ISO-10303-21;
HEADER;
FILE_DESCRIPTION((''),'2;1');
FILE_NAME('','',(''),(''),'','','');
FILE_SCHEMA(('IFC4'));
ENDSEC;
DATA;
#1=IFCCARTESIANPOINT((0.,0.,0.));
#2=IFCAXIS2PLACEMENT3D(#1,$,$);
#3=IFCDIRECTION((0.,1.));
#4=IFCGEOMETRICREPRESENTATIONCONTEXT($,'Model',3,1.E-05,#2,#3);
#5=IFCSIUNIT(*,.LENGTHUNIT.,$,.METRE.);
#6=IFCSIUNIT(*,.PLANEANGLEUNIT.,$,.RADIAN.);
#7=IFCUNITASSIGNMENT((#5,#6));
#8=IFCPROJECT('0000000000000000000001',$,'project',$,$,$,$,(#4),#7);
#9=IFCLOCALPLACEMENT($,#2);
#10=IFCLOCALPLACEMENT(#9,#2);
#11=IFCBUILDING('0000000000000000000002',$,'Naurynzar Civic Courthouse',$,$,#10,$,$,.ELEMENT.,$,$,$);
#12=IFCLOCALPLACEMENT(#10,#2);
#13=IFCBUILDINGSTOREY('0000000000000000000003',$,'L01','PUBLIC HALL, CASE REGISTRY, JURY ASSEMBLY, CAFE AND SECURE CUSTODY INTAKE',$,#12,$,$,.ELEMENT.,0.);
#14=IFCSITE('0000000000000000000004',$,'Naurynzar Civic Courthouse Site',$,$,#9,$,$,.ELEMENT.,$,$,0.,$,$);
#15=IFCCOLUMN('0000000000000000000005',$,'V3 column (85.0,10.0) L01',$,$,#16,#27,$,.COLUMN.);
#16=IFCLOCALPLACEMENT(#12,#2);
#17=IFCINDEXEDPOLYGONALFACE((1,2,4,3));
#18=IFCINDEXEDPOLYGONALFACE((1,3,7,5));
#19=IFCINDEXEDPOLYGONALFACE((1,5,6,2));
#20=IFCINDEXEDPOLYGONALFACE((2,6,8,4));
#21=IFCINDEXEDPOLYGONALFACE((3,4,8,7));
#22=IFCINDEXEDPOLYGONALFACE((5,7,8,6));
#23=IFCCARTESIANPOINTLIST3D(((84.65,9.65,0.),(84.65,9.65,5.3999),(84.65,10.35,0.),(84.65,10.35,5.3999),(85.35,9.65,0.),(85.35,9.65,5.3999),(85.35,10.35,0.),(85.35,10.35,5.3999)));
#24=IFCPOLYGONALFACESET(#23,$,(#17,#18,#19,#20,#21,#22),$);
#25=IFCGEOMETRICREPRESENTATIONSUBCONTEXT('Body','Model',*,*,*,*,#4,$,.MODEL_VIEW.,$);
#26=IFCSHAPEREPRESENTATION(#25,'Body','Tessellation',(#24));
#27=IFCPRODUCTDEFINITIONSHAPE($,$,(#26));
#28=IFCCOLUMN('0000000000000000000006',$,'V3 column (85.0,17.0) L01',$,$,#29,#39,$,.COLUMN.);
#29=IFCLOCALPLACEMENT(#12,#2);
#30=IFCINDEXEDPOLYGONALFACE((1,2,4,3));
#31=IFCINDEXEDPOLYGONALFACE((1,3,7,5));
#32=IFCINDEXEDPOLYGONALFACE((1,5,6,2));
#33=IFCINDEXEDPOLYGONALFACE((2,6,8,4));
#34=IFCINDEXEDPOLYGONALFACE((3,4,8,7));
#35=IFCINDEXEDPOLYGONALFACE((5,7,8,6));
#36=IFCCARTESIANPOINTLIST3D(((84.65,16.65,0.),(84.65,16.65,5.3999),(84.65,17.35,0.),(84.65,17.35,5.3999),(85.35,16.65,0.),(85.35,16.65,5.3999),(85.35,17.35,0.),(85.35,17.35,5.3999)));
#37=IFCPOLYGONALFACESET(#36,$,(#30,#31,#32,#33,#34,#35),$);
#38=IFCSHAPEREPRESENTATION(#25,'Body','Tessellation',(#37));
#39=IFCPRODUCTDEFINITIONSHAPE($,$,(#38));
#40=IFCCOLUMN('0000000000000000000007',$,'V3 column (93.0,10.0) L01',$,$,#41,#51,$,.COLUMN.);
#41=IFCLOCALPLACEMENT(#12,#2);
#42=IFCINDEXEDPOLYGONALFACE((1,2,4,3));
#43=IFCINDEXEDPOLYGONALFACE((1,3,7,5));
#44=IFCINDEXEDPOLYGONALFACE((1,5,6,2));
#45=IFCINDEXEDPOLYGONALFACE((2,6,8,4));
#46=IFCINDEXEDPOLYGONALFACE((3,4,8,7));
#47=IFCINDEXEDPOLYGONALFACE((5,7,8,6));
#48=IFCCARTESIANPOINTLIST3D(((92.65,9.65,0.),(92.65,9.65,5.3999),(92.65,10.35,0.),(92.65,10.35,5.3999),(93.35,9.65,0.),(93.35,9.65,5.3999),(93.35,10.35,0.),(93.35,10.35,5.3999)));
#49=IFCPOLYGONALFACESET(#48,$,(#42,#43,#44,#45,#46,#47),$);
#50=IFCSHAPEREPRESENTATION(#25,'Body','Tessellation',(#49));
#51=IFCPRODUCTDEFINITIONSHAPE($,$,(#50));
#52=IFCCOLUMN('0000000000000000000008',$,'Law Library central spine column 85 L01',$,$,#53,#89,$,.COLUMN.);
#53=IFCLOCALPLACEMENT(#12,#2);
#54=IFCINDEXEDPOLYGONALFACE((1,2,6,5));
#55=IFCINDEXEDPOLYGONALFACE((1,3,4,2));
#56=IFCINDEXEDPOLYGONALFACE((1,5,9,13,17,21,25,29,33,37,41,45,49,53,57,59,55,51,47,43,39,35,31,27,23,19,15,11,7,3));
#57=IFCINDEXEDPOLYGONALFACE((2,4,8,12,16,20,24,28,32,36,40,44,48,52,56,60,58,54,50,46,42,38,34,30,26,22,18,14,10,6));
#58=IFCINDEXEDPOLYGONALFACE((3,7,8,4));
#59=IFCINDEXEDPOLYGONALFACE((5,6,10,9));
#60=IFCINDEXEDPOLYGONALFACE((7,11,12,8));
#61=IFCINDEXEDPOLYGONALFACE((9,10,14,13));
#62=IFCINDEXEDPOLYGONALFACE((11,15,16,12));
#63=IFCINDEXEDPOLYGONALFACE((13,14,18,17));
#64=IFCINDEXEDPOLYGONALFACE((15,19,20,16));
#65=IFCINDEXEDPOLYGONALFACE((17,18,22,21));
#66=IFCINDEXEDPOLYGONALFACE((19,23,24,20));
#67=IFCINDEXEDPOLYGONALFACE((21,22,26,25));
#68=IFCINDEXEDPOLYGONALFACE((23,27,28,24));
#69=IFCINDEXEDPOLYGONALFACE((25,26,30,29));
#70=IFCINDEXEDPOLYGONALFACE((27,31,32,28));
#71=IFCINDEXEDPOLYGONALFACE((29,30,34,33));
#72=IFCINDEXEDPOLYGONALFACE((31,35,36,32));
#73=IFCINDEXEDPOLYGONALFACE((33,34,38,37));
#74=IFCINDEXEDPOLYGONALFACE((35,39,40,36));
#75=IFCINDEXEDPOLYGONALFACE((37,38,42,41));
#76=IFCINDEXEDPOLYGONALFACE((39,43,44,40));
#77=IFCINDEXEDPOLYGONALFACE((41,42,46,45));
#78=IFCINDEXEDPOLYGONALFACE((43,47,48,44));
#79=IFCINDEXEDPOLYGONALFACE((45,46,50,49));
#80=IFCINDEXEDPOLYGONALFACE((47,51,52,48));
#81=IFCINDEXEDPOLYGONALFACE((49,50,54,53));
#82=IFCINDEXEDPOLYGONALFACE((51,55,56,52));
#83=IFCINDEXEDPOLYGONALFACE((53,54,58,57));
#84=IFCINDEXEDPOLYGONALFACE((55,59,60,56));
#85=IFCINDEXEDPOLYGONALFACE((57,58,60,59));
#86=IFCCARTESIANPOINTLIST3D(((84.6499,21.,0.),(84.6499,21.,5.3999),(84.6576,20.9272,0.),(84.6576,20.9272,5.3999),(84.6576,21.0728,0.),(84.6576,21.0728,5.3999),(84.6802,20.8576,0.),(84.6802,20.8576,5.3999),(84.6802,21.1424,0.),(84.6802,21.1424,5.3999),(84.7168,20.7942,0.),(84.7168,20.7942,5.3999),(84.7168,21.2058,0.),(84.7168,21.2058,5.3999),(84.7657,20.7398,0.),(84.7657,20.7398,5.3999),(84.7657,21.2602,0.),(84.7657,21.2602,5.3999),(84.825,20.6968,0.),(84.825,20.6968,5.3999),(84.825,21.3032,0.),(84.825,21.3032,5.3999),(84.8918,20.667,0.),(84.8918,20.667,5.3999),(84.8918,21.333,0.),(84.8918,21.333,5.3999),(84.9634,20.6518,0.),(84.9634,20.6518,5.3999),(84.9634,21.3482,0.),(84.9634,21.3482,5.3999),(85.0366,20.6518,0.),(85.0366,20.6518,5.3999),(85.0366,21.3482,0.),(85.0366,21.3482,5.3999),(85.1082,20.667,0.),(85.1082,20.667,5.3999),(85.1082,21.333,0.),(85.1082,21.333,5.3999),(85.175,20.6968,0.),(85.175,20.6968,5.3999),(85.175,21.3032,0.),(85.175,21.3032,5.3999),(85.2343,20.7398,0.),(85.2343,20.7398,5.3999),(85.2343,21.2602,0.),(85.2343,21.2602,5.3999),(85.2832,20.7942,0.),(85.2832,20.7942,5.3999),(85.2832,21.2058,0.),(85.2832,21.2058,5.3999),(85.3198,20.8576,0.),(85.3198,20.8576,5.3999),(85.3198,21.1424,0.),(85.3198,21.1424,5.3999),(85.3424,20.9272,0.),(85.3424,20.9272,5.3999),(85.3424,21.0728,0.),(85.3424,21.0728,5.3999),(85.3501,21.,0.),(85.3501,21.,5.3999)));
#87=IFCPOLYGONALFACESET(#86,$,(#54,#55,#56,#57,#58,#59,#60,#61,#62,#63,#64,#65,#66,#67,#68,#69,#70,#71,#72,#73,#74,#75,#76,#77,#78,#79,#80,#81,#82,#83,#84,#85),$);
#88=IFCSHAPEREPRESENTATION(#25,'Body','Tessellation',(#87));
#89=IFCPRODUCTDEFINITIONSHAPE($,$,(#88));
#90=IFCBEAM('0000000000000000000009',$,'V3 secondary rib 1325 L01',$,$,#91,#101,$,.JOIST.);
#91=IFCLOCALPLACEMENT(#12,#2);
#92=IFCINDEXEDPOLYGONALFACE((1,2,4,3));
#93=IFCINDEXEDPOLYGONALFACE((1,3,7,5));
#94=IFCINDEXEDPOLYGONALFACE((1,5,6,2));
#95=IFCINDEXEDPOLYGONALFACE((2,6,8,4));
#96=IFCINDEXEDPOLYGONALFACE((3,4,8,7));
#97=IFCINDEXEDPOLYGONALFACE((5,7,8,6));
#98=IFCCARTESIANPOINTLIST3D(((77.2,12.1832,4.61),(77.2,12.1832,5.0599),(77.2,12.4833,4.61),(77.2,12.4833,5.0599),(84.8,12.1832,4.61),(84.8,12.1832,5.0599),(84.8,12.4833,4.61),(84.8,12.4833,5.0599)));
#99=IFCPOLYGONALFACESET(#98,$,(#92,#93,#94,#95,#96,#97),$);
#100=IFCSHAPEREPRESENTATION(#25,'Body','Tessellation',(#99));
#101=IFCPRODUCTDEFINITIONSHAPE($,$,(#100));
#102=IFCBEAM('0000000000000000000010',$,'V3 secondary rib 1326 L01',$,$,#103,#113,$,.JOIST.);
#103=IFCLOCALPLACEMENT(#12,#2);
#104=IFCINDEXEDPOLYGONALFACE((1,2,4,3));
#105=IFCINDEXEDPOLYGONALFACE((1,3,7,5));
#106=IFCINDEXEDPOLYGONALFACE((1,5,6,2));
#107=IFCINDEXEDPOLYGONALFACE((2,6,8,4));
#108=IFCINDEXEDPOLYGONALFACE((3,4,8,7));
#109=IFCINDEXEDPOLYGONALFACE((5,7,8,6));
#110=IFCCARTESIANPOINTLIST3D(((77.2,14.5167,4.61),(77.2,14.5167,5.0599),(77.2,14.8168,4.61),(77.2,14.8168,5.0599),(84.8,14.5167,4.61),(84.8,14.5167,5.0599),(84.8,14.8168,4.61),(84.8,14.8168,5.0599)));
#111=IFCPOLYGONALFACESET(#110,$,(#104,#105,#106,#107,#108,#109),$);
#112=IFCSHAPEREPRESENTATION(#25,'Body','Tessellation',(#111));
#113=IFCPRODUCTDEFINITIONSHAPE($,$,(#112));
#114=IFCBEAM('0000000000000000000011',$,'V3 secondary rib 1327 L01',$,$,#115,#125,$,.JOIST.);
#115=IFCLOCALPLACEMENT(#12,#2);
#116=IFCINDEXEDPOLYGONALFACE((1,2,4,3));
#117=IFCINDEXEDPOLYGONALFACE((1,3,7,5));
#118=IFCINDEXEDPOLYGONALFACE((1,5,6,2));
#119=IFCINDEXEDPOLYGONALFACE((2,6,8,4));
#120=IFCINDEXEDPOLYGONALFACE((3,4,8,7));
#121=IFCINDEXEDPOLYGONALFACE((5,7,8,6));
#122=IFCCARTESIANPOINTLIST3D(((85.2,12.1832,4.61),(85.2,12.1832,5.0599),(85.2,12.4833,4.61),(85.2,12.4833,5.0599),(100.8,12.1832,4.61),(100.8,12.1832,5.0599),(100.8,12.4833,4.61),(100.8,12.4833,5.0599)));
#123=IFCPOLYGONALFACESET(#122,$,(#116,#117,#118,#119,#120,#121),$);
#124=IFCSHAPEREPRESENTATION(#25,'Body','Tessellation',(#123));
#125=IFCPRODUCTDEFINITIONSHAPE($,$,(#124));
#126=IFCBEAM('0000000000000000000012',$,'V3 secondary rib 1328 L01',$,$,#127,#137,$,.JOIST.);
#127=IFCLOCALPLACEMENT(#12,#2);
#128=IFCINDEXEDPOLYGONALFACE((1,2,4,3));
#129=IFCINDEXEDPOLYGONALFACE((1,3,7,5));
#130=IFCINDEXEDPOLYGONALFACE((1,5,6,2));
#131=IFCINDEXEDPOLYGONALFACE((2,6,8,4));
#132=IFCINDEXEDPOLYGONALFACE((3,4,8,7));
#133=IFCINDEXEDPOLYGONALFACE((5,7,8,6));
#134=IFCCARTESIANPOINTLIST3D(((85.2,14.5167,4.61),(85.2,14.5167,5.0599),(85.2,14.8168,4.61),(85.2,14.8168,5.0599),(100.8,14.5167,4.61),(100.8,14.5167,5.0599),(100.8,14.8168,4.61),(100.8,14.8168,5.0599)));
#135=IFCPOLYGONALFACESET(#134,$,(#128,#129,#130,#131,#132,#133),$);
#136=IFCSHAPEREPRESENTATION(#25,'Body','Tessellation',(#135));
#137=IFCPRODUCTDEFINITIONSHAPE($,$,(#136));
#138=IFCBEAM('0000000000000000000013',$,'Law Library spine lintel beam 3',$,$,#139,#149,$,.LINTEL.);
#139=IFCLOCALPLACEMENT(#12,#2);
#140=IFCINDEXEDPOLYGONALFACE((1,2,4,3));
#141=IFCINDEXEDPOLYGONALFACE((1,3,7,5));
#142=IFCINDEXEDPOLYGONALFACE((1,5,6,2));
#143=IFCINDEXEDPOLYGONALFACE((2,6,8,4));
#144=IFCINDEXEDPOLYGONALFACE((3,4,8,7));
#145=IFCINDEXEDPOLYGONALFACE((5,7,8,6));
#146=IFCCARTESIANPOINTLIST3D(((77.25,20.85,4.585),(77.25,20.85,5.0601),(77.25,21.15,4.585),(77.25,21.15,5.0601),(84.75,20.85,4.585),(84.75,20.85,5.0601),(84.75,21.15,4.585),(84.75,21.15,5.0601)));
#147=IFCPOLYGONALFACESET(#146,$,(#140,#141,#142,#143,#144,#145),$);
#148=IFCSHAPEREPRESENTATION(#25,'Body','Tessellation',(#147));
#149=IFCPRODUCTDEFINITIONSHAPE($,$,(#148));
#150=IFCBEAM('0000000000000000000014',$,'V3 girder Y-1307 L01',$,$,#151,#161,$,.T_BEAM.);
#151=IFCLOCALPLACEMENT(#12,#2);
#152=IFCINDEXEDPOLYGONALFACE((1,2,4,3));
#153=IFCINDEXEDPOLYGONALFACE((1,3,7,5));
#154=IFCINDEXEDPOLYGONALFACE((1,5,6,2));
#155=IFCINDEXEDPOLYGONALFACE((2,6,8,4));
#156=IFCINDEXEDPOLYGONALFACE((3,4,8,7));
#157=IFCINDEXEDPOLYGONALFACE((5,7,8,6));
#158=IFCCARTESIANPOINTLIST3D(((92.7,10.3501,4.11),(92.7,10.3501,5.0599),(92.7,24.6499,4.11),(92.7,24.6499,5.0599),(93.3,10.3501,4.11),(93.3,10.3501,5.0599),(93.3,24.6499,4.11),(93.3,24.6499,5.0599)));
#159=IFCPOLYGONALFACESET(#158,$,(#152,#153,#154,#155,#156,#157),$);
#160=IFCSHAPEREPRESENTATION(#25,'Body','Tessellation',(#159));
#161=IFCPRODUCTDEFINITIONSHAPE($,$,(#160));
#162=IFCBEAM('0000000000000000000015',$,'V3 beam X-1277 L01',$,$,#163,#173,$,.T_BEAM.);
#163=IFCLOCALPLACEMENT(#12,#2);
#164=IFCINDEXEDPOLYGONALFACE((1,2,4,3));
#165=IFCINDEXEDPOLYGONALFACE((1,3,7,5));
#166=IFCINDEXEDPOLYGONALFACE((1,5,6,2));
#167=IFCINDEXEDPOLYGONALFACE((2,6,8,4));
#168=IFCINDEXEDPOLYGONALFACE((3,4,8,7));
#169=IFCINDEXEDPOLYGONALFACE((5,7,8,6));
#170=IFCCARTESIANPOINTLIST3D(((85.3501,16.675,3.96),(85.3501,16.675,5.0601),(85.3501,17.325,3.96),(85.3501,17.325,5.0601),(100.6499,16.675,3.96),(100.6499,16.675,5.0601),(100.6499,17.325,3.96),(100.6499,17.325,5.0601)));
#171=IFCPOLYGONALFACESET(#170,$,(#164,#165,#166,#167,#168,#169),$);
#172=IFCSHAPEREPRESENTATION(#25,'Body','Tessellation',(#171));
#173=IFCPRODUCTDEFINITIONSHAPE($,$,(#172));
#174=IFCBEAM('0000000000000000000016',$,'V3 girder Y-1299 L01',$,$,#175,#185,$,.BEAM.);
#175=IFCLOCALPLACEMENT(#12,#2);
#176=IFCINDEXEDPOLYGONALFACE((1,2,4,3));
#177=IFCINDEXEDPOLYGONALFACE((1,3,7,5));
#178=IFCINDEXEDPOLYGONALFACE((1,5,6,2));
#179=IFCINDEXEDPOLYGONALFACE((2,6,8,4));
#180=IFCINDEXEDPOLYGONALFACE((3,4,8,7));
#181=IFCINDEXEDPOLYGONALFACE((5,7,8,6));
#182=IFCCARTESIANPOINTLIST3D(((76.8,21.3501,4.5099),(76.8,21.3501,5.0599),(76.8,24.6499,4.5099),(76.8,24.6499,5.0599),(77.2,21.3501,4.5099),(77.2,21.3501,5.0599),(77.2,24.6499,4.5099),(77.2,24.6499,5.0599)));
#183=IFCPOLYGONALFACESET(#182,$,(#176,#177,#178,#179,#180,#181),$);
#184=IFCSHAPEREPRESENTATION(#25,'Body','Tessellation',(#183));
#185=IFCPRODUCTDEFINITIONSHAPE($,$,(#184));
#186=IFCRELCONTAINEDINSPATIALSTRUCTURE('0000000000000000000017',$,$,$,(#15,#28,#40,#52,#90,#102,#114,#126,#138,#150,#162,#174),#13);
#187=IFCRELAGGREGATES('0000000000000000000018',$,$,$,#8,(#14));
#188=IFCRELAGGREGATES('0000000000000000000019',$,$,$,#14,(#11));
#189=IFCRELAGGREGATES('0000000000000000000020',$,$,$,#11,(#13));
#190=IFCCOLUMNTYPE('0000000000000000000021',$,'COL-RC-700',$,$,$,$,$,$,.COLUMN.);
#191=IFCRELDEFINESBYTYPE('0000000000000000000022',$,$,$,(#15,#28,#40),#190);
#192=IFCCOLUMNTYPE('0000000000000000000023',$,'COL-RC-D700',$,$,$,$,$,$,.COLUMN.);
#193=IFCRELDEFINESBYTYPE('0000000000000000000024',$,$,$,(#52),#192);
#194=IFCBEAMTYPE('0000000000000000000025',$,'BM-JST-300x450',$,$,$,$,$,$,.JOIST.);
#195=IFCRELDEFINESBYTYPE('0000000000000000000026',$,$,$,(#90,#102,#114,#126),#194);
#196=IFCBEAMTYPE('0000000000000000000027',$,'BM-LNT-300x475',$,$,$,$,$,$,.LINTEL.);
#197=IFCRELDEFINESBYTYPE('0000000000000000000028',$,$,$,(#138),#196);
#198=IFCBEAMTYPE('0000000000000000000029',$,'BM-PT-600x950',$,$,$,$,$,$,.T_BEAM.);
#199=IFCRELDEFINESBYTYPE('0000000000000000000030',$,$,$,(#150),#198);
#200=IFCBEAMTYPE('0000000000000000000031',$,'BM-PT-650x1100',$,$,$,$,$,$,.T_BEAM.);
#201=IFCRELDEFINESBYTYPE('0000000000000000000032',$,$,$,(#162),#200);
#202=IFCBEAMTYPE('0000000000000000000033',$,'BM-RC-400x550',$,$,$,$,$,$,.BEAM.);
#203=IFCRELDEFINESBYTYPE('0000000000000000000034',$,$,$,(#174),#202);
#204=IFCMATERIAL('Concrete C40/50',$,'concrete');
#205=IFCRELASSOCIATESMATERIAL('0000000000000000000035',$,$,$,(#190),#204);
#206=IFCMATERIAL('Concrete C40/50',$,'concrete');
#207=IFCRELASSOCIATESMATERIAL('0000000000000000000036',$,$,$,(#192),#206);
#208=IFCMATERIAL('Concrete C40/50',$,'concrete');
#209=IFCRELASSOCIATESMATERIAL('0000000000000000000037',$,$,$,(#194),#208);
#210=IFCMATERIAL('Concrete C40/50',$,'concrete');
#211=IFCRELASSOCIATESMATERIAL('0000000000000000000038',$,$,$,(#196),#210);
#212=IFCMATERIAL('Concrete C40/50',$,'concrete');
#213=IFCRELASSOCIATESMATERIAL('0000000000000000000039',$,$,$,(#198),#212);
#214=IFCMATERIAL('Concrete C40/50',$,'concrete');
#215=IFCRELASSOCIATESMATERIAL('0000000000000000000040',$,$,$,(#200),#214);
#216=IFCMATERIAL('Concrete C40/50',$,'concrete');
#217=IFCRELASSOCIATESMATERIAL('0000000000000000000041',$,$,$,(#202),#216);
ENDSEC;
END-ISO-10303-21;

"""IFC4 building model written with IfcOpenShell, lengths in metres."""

from ifc_helpers import new_model, si_unit, direction, frame, origin, origin_2d, place, context, subcontext, project, spatial, rectangle, circle, extrude, material, material_profile, profile_set, type_object, element, save


model = new_model("IFC4")

# Units and contexts
model_context = context("Model", 3, precision=1e-05, world=origin(), true_north=direction((0.0, 1.0)))
body_context = subcontext(model_context, "Body", "Model", "MODEL_VIEW")
ifc_project = project(units=[si_unit("LENGTHUNIT", "METRE"), si_unit("PLANEANGLEUNIT", "RADIAN")], contexts=[model_context])

# Site, building, storey
site_placement = place(None, origin())
site = spatial("IfcSite", under=ifc_project, at=site_placement, Name="Naurynzar Civic Courthouse Site", CompositionType="ELEMENT", RefElevation=0.0)
building_placement = place(site_placement, origin())
building = spatial("IfcBuilding", under=site, at=building_placement, Name="Naurynzar Civic Courthouse", CompositionType="ELEMENT")
storey_placement = place(building_placement, origin())
storey = spatial("IfcBuildingStorey", under=building, at=storey_placement, Name="L01", Description="PUBLIC HALL, CASE REGISTRY, JURY ASSEMBLY, CAFE AND SECURE CUSTODY INTAKE", CompositionType="ELEMENT", Elevation=0.0)

# Columns
ifc_material_1 = material(Name="Concrete C40/50", Category="concrete")
ifc_material_profile_1 = material_profile(ifc_material_1, rectangle(XDim=0.7, YDim=0.7, at=origin_2d()), Name="RC 700x700")
ifc_profile_set_1 = profile_set([ifc_material_profile_1], Name="Concrete C40/50")
column_type_1 = type_object("IfcColumnType", Name="COL-RC-700", PredefinedType="COLUMN", material=ifc_profile_set_1)
for number, where, z_axis, x_axis, name in (
    (1, (85.0, 10.0, 0.0), (0.0, 0.0, 1.0), (1.0, 0.0, 0.0), "V3 column (85.0,10.0) L01"),
    (2, (85.0, 17.0, 0.0), (0.0, 0.0, 1.0), (1.0, 0.0, 0.0), "V3 column (85.0,17.0) L01"),
    (3, (93.0, 10.0, 0.0), (0.0, 0.0, 1.0), (1.0, 0.0, 0.0), "V3 column (93.0,10.0) L01"),
):
    element("IfcColumn", number, at=place(storey_placement, frame(where, z_axis=z_axis, x_axis=x_axis)), inside=storey, type_object=column_type_1, Name=name, PredefinedType="COLUMN", context=body_context, shape_type="SweptSolid", body=[
        extrude(rectangle(XDim=0.7, YDim=0.7, at=origin_2d()), origin(), (0.0, 0.0, 1.0), 5.3999),
    ])
ifc_material_2 = material(Name="Concrete C40/50", Category="concrete")
ifc_material_profile_2 = material_profile(ifc_material_2, circle(Radius=0.3501, at=origin_2d()), Name="RC D700")
ifc_profile_set_2 = profile_set([ifc_material_profile_2], Name="Concrete C40/50")
column_type_2 = type_object("IfcColumnType", Name="COL-RC-D700", PredefinedType="COLUMN", material=ifc_profile_set_2)
column_placement = place(storey_placement, frame((85.0, 21.0, 0.0), z_axis=(0.0, 0.0, 1.0), x_axis=(1.0, 0.0, 0.0)))
element("IfcColumn", 4, at=column_placement, inside=storey, type_object=column_type_2, Name="Law Library central spine column 85 L01", PredefinedType="COLUMN", context=body_context, shape_type="SweptSolid", body=[
    extrude(circle(Radius=0.3501, at=origin_2d()), origin(), (0.0, 0.0, 1.0), 5.3999),
])

# Beams
ifc_material_3 = material(Name="Concrete C40/50", Category="concrete")
ifc_material_profile_3 = material_profile(ifc_material_3, rectangle(XDim=0.3, YDim=0.45, at=origin_2d()), Name="RCJ 300x450")
ifc_profile_set_3 = profile_set([ifc_material_profile_3], Name="Concrete C40/50")
beam_type_1 = type_object("IfcBeamType", Name="BM-JST-300x450", PredefinedType="JOIST", material=ifc_profile_set_3)
for number, where, z_axis, x_axis, name in (
    (5, (77.2, 12.3333, 4.835), (1.0, 0.0, 0.0), (0.0, 1.0, 0.0), "V3 secondary rib 1325 L01"),
    (6, (77.2, 14.6667, 4.835), (1.0, 0.0, 0.0), (0.0, 1.0, 0.0), "V3 secondary rib 1326 L01"),
):
    element("IfcBeam", number, at=place(storey_placement, frame(where, z_axis=z_axis, x_axis=x_axis)), inside=storey, type_object=beam_type_1, Name=name, PredefinedType="JOIST", context=body_context, shape_type="SweptSolid", body=[
        extrude(rectangle(XDim=0.3, YDim=0.45, at=origin_2d()), origin(), (0.0, 0.0, 1.0), 7.6001),
    ])
for number, where, z_axis, x_axis, name in (
    (7, (85.2, 12.3333, 4.835), (1.0, 0.0, 0.0), (0.0, 1.0, 0.0), "V3 secondary rib 1327 L01"),
    (8, (85.2, 14.6667, 4.835), (1.0, 0.0, 0.0), (0.0, 1.0, 0.0), "V3 secondary rib 1328 L01"),
):
    element("IfcBeam", number, at=place(storey_placement, frame(where, z_axis=z_axis, x_axis=x_axis)), inside=storey, type_object=beam_type_1, Name=name, PredefinedType="JOIST", context=body_context, shape_type="SweptSolid", body=[
        extrude(rectangle(XDim=0.3, YDim=0.45, at=origin_2d()), origin(), (0.0, 0.0, 1.0), 15.6001),
    ])
ifc_material_4 = material(Name="Concrete C40/50", Category="concrete")
ifc_material_profile_4 = material_profile(ifc_material_4, rectangle(XDim=0.3, YDim=0.4751, at=origin_2d()), Name="RCB 300x475")
ifc_profile_set_4 = profile_set([ifc_material_profile_4], Name="Concrete C40/50")
beam_type_2 = type_object("IfcBeamType", Name="BM-LNT-300x475", PredefinedType="LINTEL", material=ifc_profile_set_4)
beam_1_placement = place(storey_placement, frame((77.25, 21.0, 4.8225), z_axis=(1.0, 0.0, 0.0), x_axis=(0.0, 1.0, 0.0)))
element("IfcBeam", 9, at=beam_1_placement, inside=storey, type_object=beam_type_2, Name="Law Library spine lintel beam 3", PredefinedType="LINTEL", context=body_context, shape_type="SweptSolid", body=[
    extrude(rectangle(XDim=0.3, YDim=0.4751, at=origin_2d()), origin(), (0.0, 0.0, 1.0), 7.5),
])
ifc_material_5 = material(Name="Concrete C40/50", Category="concrete")
ifc_material_profile_5 = material_profile(ifc_material_5, rectangle(XDim=0.6001, YDim=0.95, at=origin_2d()), Name="PTB 600x950")
ifc_profile_set_5 = profile_set([ifc_material_profile_5], Name="Concrete C40/50")
beam_type_3 = type_object("IfcBeamType", Name="BM-PT-600x950", PredefinedType="T_BEAM", material=ifc_profile_set_5)
beam_2_placement = place(storey_placement, frame((93.0, 10.3501, 4.585), z_axis=(0.0, 1.0, 0.0), x_axis=(-1.0, 0.0, 0.0)))
element("IfcBeam", 10, at=beam_2_placement, inside=storey, type_object=beam_type_3, Name="V3 girder Y-1307 L01", PredefinedType="T_BEAM", context=body_context, shape_type="SweptSolid", body=[
    extrude(rectangle(XDim=0.6001, YDim=0.95, at=origin_2d()), origin(), (0.0, 0.0, 1.0), 14.2998),
])
ifc_material_6 = material(Name="Concrete C40/50", Category="concrete")
ifc_material_profile_6 = material_profile(ifc_material_6, rectangle(XDim=0.6499, YDim=1.1001, at=origin_2d()), Name="PTB 650x1100")
ifc_profile_set_6 = profile_set([ifc_material_profile_6], Name="Concrete C40/50")
beam_type_4 = type_object("IfcBeamType", Name="BM-PT-650x1100", PredefinedType="T_BEAM", material=ifc_profile_set_6)
beam_3_placement = place(storey_placement, frame((85.3501, 17.0, 4.51), z_axis=(1.0, 0.0, 0.0), x_axis=(0.0, 1.0, 0.0)))
element("IfcBeam", 11, at=beam_3_placement, inside=storey, type_object=beam_type_4, Name="V3 beam X-1277 L01", PredefinedType="T_BEAM", context=body_context, shape_type="SweptSolid", body=[
    extrude(rectangle(XDim=0.6499, YDim=1.1001, at=origin_2d()), origin(), (0.0, 0.0, 1.0), 15.2998),
])
ifc_material_7 = material(Name="Concrete C40/50", Category="concrete")
ifc_material_profile_7 = material_profile(ifc_material_7, rectangle(XDim=0.3999, YDim=0.55, at=origin_2d()), Name="RCB 400x550")
ifc_profile_set_7 = profile_set([ifc_material_profile_7], Name="Concrete C40/50")
beam_type_5 = type_object("IfcBeamType", Name="BM-RC-400x550", PredefinedType="BEAM", material=ifc_profile_set_7)
beam_4_placement = place(storey_placement, frame((77.0, 21.3501, 4.7849), z_axis=(0.0, 1.0, 0.0), x_axis=(-1.0, 0.0, 0.0)))
element("IfcBeam", 12, at=beam_4_placement, inside=storey, type_object=beam_type_5, Name="V3 girder Y-1299 L01", PredefinedType="BEAM", context=body_context, shape_type="SweptSolid", body=[
    extrude(rectangle(XDim=0.3999, YDim=0.55, at=origin_2d()), origin(), (0.0, 0.0, 1.0), 3.2998),
])

save(model, "model.ifc")
